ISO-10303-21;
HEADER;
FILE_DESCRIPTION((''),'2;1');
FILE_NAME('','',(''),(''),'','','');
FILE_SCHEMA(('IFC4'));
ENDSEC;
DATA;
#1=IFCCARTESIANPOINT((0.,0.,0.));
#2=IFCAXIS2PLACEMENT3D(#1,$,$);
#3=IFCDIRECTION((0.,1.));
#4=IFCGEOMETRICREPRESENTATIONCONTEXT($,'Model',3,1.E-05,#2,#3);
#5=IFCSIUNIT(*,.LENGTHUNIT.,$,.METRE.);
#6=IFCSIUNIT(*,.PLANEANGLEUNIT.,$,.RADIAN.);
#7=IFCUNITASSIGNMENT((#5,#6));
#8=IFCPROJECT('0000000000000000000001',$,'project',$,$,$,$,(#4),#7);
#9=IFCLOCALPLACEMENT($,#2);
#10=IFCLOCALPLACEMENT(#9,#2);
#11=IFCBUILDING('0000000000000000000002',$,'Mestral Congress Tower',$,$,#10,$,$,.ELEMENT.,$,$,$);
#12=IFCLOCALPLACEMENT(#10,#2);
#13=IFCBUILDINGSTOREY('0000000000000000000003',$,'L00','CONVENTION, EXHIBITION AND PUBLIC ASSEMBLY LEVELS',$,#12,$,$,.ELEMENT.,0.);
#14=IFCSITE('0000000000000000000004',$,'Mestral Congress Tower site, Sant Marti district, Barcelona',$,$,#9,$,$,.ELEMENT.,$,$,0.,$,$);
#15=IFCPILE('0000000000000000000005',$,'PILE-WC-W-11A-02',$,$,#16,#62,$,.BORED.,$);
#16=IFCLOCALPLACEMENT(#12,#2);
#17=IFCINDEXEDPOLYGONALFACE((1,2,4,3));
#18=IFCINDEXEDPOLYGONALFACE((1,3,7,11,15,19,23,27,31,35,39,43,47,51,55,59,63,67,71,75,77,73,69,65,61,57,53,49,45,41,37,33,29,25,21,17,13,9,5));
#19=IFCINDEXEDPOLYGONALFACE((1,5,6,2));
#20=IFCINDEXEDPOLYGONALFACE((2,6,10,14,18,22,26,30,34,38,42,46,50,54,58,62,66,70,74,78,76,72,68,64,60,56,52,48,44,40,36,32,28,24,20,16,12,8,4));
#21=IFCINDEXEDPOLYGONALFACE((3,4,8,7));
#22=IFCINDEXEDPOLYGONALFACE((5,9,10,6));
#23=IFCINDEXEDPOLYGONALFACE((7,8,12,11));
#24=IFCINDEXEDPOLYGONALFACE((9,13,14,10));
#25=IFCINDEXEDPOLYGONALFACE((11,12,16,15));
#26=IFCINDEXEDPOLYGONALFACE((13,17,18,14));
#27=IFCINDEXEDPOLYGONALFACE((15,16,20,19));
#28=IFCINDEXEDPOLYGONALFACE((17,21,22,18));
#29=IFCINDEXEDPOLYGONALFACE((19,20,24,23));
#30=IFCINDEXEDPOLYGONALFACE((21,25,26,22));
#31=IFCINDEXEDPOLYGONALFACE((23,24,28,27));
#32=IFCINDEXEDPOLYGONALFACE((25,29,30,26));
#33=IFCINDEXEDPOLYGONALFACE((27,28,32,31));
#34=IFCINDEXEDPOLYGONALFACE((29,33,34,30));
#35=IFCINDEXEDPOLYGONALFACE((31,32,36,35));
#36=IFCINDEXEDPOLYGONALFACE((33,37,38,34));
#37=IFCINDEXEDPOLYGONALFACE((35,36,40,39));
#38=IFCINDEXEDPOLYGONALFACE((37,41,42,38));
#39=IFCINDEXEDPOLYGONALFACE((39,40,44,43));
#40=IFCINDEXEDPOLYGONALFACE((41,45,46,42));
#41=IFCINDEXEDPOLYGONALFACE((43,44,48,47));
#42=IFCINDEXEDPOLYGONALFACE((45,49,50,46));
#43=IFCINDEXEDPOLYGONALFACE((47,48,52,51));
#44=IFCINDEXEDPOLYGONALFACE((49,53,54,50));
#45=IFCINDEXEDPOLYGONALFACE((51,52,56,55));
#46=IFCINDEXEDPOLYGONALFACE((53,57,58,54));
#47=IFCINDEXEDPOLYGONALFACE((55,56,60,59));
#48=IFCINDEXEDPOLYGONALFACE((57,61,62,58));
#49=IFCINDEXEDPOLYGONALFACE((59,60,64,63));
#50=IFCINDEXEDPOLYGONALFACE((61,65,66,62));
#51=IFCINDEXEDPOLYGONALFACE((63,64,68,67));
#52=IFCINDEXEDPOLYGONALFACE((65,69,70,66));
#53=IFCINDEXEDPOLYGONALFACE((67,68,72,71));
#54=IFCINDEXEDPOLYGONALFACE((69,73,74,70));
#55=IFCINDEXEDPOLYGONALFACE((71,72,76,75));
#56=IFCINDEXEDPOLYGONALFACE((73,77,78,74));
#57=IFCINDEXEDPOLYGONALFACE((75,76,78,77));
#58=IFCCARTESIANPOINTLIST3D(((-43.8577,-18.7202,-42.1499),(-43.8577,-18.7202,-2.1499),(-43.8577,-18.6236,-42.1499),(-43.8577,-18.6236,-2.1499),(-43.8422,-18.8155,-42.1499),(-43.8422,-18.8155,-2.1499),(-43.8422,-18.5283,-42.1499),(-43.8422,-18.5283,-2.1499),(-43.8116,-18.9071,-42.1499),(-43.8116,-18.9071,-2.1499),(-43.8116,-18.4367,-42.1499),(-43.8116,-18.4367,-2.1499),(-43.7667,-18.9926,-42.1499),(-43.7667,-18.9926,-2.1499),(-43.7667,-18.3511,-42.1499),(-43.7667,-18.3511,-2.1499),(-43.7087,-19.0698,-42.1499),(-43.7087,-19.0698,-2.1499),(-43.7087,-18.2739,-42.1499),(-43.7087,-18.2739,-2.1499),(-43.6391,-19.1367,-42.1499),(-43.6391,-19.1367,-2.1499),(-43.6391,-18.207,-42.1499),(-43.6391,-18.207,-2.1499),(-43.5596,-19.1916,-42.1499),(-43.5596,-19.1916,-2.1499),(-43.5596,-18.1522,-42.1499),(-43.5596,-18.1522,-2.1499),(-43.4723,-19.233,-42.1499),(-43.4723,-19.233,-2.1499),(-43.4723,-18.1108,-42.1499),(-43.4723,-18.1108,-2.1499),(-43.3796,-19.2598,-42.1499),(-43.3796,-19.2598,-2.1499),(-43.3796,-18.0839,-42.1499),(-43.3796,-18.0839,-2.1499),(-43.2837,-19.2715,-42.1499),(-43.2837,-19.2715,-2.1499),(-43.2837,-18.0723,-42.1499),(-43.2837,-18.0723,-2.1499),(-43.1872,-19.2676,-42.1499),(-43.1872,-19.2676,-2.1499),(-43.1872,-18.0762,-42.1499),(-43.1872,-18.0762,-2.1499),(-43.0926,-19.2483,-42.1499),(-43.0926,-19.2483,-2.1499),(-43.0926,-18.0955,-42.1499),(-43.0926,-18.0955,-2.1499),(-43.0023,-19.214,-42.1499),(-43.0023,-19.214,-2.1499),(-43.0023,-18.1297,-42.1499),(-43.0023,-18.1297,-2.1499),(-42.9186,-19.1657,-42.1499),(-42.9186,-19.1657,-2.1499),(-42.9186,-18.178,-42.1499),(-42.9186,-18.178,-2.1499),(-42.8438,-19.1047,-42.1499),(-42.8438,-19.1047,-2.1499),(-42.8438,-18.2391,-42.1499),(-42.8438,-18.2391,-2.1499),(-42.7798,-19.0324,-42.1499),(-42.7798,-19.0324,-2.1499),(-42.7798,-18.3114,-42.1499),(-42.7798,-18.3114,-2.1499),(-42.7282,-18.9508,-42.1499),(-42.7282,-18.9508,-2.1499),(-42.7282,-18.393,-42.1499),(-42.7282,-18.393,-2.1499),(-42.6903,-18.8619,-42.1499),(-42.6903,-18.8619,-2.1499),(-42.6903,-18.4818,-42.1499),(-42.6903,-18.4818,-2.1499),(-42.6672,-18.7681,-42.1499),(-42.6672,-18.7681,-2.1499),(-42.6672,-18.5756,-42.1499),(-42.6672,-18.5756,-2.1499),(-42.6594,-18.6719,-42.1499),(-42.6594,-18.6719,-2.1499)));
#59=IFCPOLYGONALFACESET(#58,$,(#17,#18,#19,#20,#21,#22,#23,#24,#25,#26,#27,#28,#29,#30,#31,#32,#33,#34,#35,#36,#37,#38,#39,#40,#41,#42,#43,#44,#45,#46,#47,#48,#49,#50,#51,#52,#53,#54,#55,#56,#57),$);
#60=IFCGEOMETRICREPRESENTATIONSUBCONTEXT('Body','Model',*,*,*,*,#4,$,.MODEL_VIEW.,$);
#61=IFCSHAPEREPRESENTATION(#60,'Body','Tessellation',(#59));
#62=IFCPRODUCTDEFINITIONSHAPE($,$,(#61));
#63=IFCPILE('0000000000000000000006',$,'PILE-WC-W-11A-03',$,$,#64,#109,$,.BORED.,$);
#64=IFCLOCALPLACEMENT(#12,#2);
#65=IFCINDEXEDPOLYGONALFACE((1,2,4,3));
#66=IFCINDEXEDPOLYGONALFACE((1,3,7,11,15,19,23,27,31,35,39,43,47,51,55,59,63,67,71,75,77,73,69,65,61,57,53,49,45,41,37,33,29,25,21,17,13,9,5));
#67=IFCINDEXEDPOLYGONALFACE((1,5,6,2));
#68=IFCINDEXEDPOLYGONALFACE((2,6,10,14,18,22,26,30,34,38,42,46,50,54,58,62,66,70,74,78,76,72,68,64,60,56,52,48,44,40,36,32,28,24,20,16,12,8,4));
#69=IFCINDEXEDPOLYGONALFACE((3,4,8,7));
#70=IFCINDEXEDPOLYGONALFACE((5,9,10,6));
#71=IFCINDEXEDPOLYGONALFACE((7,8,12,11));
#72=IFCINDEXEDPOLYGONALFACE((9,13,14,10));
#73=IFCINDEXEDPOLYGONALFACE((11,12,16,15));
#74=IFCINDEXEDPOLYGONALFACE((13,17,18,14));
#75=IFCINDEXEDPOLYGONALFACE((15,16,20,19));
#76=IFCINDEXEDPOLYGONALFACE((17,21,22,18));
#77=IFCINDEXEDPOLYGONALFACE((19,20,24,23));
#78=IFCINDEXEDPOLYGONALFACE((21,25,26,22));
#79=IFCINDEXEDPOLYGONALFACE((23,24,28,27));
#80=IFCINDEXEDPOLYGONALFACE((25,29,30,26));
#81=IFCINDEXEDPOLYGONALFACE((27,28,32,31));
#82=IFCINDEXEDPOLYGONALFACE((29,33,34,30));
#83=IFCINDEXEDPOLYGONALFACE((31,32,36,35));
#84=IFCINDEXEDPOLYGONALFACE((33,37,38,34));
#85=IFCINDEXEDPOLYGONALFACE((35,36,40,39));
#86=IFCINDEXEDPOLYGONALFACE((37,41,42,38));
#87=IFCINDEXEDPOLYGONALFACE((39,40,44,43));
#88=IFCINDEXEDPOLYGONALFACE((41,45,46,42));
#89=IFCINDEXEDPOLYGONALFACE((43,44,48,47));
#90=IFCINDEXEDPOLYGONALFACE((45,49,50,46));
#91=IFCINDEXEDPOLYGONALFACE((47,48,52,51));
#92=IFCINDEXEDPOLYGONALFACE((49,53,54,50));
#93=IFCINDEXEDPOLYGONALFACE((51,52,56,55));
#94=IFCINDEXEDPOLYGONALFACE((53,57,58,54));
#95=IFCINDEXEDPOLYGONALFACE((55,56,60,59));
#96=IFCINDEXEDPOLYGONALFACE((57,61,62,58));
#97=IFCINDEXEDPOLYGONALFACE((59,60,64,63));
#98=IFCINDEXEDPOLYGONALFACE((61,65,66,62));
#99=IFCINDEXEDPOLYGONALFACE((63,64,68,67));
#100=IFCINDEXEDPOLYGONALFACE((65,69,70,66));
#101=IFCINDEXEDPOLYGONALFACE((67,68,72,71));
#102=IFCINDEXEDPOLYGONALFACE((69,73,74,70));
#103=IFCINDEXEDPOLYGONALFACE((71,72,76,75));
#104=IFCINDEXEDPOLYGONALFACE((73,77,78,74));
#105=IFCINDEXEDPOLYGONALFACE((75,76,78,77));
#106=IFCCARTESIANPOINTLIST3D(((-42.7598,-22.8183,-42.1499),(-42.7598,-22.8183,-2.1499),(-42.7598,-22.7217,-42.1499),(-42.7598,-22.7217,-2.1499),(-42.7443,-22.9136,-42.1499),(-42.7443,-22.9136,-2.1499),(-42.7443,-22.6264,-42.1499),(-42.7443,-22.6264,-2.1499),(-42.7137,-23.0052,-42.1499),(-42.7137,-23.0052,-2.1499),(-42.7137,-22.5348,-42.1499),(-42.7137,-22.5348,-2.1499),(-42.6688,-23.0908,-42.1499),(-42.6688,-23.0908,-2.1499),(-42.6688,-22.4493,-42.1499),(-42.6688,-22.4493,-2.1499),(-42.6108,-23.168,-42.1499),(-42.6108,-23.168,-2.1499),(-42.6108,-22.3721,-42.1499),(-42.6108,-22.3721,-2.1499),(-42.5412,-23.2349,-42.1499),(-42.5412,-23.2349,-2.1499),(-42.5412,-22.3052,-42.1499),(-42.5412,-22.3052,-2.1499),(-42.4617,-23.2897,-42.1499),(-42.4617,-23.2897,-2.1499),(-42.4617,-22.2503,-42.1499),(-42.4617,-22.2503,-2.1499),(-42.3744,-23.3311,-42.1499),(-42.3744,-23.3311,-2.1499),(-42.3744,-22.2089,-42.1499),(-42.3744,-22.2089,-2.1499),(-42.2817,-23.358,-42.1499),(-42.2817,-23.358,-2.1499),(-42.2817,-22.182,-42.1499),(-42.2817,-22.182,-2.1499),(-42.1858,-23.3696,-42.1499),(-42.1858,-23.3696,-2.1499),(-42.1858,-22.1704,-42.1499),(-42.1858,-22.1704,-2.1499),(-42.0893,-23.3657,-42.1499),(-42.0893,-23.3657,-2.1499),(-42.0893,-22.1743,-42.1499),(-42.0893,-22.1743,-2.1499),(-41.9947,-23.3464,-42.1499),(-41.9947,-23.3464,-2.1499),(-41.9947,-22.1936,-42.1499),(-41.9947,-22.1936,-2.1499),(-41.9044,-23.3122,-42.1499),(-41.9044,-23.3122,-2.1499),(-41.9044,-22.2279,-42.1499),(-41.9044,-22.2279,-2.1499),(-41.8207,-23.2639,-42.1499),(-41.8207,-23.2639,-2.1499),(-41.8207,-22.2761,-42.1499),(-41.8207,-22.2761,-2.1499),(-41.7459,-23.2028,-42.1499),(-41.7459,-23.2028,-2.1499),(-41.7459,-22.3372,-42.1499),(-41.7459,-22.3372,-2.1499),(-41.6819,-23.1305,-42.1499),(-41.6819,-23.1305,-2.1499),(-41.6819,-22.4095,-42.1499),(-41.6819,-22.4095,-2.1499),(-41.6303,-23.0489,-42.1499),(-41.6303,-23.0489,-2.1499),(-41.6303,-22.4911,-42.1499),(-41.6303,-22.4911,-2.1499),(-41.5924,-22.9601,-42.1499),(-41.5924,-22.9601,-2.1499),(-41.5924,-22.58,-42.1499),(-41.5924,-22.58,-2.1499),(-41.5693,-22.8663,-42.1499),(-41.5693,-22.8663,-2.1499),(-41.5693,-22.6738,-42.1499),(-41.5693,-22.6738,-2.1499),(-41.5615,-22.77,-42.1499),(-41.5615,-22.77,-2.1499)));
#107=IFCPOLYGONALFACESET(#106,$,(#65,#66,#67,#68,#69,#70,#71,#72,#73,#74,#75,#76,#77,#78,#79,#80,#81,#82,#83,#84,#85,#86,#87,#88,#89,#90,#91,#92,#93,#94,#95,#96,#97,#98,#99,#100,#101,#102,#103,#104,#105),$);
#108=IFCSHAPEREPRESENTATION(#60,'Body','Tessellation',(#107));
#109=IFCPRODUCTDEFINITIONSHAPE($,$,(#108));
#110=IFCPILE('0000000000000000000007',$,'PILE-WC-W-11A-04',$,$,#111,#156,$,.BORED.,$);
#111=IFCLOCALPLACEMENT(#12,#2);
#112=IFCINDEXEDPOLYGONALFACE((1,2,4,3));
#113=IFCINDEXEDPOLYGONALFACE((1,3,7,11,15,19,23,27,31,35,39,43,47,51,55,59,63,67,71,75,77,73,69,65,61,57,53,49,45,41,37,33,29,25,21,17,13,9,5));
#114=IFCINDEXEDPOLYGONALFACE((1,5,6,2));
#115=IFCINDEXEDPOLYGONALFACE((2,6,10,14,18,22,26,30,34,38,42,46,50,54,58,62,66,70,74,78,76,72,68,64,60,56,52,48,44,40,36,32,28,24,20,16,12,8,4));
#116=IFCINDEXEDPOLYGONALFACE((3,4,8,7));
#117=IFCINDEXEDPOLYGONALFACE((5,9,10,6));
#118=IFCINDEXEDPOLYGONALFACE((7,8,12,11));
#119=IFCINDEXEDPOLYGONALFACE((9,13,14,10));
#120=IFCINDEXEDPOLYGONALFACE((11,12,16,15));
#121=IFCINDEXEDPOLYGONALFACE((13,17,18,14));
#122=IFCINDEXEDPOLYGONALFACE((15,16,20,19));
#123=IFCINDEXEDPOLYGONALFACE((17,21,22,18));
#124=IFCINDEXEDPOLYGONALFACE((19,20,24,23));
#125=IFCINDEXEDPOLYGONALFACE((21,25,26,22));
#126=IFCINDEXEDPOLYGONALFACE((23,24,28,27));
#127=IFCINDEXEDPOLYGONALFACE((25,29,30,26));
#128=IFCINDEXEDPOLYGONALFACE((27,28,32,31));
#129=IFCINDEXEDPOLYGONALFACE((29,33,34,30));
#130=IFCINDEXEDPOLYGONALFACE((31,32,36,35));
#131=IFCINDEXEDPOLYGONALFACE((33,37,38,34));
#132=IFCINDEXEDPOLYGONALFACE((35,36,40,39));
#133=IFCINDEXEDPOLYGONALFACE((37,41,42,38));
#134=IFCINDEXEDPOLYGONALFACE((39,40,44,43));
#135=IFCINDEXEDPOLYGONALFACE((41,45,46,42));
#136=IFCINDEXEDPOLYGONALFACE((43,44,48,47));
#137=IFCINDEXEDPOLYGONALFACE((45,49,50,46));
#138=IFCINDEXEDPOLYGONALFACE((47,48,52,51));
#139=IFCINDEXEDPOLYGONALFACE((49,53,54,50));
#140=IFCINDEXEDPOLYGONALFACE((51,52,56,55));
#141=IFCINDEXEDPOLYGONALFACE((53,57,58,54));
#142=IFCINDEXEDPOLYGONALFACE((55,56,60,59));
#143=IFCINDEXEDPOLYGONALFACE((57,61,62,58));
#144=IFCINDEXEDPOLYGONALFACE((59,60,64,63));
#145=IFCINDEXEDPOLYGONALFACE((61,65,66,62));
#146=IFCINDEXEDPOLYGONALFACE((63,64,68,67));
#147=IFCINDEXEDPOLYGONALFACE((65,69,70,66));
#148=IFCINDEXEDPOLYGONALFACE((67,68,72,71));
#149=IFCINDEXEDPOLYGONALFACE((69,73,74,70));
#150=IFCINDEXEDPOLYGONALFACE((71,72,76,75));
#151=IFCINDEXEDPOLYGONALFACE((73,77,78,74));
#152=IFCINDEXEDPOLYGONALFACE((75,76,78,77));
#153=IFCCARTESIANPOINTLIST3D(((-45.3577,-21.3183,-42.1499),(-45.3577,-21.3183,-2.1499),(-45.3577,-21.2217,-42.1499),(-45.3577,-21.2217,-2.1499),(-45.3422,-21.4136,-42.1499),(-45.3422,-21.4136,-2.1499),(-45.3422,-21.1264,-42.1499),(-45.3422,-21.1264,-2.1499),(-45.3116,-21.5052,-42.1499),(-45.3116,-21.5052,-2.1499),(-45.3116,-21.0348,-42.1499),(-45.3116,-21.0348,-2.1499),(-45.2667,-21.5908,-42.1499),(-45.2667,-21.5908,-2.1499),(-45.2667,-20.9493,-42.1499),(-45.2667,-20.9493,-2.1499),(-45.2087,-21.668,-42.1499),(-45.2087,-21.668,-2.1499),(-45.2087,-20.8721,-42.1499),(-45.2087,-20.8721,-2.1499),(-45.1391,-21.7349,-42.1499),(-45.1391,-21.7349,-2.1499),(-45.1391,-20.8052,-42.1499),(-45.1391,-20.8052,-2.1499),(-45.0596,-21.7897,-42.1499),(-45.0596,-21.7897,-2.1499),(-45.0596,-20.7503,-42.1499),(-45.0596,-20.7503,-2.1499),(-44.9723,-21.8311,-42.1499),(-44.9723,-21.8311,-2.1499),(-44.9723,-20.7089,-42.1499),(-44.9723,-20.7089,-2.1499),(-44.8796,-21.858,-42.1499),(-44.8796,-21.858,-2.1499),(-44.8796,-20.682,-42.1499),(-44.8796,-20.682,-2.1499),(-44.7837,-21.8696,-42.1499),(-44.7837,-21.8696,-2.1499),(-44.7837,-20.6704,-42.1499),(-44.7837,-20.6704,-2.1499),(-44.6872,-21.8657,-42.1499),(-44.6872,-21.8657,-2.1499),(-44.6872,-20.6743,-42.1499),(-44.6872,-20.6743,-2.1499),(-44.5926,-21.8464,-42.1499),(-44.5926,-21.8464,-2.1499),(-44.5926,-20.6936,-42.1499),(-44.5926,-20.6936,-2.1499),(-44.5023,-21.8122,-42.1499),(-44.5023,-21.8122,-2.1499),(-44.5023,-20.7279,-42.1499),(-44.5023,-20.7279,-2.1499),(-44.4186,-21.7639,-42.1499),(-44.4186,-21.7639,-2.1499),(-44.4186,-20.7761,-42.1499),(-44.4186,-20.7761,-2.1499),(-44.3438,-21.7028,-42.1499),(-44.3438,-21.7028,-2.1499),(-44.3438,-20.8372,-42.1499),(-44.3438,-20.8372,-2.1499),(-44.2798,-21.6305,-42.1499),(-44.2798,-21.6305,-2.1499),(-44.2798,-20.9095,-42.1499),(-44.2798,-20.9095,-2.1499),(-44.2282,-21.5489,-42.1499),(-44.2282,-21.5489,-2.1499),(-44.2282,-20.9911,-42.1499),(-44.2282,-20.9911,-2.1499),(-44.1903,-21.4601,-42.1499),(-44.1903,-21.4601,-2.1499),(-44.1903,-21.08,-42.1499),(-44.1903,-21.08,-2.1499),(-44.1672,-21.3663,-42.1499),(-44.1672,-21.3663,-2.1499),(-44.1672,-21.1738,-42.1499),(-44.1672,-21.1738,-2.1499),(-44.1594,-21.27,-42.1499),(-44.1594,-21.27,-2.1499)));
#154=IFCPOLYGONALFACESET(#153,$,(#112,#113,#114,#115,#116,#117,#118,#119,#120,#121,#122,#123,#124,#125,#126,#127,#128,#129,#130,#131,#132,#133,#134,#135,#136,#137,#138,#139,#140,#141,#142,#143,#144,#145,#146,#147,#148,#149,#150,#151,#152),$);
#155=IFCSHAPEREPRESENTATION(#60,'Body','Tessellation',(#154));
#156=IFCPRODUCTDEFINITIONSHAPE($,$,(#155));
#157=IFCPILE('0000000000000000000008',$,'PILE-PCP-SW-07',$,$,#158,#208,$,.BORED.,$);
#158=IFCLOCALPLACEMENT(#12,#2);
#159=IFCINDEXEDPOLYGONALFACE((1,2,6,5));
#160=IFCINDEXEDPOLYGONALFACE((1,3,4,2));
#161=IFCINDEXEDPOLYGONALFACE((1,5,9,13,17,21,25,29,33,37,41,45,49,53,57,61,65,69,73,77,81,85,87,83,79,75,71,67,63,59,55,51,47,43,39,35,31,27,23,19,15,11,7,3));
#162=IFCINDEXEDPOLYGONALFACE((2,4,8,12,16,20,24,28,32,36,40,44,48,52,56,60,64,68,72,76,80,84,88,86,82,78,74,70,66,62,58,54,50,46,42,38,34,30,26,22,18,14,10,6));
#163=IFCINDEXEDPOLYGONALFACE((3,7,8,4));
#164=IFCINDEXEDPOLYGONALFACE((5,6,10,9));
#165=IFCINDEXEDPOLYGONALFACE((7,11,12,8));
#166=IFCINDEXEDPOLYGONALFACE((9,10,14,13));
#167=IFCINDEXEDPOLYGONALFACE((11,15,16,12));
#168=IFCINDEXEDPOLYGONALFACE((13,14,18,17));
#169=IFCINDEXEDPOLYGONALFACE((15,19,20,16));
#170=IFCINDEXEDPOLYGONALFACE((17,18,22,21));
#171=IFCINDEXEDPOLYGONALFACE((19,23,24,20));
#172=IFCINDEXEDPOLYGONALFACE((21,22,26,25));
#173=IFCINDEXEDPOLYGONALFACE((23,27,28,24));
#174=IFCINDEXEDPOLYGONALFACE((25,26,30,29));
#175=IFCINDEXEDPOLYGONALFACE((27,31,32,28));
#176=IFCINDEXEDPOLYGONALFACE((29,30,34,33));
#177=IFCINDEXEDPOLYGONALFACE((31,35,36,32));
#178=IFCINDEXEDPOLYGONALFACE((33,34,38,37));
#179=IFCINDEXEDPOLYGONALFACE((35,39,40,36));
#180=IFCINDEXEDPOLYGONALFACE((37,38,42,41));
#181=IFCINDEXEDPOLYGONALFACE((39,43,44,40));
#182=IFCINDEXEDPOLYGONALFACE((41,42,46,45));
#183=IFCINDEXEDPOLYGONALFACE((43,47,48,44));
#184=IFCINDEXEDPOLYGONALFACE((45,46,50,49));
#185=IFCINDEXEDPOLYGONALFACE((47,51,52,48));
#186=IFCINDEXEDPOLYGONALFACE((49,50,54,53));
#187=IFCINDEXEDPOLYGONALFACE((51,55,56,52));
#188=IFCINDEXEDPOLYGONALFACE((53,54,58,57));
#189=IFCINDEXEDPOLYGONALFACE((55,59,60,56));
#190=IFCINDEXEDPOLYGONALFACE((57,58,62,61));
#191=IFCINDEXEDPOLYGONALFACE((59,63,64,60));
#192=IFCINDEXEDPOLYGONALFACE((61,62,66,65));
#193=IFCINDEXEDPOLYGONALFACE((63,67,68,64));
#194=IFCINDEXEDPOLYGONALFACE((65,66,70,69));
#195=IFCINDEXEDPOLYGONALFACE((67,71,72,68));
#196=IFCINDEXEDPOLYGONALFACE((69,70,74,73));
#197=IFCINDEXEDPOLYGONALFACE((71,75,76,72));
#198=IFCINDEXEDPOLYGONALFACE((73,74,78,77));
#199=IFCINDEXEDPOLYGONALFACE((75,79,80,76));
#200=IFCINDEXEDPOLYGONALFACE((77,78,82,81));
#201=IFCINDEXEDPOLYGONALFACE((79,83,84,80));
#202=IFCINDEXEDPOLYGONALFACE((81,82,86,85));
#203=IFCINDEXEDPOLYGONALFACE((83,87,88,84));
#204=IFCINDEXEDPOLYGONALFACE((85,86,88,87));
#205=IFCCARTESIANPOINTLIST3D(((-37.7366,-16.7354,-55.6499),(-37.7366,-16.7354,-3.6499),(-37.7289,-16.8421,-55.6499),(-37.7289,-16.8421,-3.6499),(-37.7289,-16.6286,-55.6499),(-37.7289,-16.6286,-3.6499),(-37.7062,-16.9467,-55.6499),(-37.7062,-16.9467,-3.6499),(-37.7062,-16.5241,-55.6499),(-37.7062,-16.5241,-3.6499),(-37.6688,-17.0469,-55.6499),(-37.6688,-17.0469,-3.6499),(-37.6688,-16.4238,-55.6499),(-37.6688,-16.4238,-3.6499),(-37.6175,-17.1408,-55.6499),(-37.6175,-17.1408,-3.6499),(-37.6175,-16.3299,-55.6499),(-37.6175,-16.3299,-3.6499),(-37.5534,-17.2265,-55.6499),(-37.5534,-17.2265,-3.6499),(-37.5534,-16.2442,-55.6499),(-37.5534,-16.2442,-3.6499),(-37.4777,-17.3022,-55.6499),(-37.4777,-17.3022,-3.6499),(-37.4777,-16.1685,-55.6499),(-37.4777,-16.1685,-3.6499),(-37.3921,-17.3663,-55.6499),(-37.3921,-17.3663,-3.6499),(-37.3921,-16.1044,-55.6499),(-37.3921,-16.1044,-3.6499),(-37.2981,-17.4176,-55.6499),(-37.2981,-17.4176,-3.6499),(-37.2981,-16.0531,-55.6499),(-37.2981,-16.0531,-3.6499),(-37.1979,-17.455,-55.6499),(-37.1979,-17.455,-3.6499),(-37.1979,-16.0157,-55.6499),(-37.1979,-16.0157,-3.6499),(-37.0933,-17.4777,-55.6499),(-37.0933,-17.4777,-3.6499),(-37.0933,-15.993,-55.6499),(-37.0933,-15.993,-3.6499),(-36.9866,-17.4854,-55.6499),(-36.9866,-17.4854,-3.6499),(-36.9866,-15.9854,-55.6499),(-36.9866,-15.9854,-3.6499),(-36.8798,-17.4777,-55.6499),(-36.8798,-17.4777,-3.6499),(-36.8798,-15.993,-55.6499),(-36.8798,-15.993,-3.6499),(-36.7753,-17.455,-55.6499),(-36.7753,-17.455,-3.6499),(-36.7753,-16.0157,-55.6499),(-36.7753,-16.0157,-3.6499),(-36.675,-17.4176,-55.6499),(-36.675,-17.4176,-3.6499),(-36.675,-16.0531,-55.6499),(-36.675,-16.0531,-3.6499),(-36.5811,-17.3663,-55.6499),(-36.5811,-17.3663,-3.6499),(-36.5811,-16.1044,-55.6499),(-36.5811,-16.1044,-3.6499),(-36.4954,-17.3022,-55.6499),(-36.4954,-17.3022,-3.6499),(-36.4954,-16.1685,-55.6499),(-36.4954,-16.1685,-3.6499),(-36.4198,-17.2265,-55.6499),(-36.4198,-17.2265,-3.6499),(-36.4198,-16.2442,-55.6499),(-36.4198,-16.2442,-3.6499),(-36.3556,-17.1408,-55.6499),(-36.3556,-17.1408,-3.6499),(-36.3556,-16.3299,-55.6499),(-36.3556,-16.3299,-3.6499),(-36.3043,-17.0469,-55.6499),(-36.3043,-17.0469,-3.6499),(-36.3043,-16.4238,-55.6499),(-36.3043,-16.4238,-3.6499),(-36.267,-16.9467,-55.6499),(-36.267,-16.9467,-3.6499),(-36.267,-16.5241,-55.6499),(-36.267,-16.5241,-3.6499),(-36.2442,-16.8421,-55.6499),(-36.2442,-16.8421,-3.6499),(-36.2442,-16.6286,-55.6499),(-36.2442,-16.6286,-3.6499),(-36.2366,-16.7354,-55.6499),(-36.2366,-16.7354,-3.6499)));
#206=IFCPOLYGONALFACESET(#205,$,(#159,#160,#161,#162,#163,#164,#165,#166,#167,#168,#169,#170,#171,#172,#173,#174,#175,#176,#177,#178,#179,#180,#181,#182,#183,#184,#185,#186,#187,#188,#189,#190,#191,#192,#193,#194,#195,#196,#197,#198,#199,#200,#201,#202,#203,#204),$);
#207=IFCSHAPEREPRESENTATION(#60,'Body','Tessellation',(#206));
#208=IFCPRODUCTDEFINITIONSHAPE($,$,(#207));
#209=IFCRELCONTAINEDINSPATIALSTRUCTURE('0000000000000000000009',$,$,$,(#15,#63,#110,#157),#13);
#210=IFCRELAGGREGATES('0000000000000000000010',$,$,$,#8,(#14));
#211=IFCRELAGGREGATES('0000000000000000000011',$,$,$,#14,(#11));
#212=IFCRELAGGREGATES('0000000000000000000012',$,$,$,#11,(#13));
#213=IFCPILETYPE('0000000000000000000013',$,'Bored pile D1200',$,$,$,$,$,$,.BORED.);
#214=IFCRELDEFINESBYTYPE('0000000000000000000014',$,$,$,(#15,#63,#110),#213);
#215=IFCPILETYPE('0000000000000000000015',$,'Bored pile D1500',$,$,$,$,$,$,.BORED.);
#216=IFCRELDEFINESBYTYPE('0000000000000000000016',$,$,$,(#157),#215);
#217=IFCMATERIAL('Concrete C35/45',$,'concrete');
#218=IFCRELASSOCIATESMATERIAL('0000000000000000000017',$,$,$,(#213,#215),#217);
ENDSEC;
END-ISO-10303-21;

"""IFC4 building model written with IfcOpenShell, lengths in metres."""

from ifc_helpers import new_model, si_unit, direction, frame, origin, origin_2d, place, context, subcontext, project, spatial, circle, extrude, material, material_profile, profile_set, type_object, element, save


model = new_model("IFC4")

# Units and contexts
model_context = context("Model", 3, precision=1e-05, world=origin(), true_north=direction((0.0, 1.0)))
body_context = subcontext(model_context, "Body", "Model", "MODEL_VIEW")
ifc_project = project(units=[si_unit("LENGTHUNIT", "METRE"), si_unit("PLANEANGLEUNIT", "RADIAN")], contexts=[model_context])

# Site, building, storey
site_placement = place(None, origin())
site = spatial("IfcSite", under=ifc_project, at=site_placement, Name="Mestral Congress Tower site, Sant Marti district, Barcelona", CompositionType="ELEMENT", RefElevation=0.0)
building_placement = place(site_placement, origin())
building = spatial("IfcBuilding", under=site, at=building_placement, Name="Mestral Congress Tower", CompositionType="ELEMENT")
storey_placement = place(building_placement, origin())
storey = spatial("IfcBuildingStorey", under=building, at=storey_placement, Name="L00", Description="CONVENTION, EXHIBITION AND PUBLIC ASSEMBLY LEVELS", CompositionType="ELEMENT", Elevation=0.0)

# Piles
ifc_material_1 = material(Name="Concrete C35/45", Category="concrete")
ifc_material_profile_1 = material_profile(ifc_material_1, circle(Radius=0.6001, at=origin_2d()), Name="D1200")
ifc_profile_set_1 = profile_set([ifc_material_profile_1], Name="Concrete C35/45")
pile_type_1 = type_object("IfcPileType", Name="Bored pile D1200", PredefinedType="BORED", material=ifc_profile_set_1)
for number, where, z_axis, x_axis, name in (
    (1, (-43.2595, -18.6719, -2.1499), (0.0, 0.0, -1.0), (1.0, 0.0, 0.0), "PILE-WC-W-11A-02"),
    (2, (-42.1616, -22.77, -2.1499), (0.0, 0.0, -1.0), (1.0, 0.0, 0.0), "PILE-WC-W-11A-03"),
    (3, (-44.7595, -21.27, -2.1499), (0.0, 0.0, -1.0), (1.0, 0.0, 0.0), "PILE-WC-W-11A-04"),
):
    element("IfcPile", number, at=place(storey_placement, frame(where, z_axis=z_axis, x_axis=x_axis)), inside=storey, type_object=pile_type_1, Name=name, PredefinedType="BORED", context=body_context, shape_type="SweptSolid", body=[
        extrude(circle(Radius=0.6001, at=origin_2d()), origin(), (0.0, 0.0, 1.0), 40.0),
    ])
ifc_material_profile_2 = material_profile(ifc_material_1, circle(Radius=0.75, at=origin_2d()), Name="D1500")
ifc_profile_set_2 = profile_set([ifc_material_profile_2], Name="Concrete C35/45")
pile_type_2 = type_object("IfcPileType", Name="Bored pile D1500", PredefinedType="BORED", material=ifc_profile_set_2)
pile_placement = place(storey_placement, frame((-36.9866, -16.7354, -3.6499), z_axis=(0.0, 0.0, -1.0), x_axis=(1.0, 0.0, 0.0)))
element("IfcPile", 4, at=pile_placement, inside=storey, type_object=pile_type_2, Name="PILE-PCP-SW-07", PredefinedType="BORED", context=body_context, shape_type="SweptSolid", body=[
    extrude(circle(Radius=0.75, at=origin_2d()), origin(), (0.0, 0.0, 1.0), 52.0),
])

save(model, "model.ifc")
